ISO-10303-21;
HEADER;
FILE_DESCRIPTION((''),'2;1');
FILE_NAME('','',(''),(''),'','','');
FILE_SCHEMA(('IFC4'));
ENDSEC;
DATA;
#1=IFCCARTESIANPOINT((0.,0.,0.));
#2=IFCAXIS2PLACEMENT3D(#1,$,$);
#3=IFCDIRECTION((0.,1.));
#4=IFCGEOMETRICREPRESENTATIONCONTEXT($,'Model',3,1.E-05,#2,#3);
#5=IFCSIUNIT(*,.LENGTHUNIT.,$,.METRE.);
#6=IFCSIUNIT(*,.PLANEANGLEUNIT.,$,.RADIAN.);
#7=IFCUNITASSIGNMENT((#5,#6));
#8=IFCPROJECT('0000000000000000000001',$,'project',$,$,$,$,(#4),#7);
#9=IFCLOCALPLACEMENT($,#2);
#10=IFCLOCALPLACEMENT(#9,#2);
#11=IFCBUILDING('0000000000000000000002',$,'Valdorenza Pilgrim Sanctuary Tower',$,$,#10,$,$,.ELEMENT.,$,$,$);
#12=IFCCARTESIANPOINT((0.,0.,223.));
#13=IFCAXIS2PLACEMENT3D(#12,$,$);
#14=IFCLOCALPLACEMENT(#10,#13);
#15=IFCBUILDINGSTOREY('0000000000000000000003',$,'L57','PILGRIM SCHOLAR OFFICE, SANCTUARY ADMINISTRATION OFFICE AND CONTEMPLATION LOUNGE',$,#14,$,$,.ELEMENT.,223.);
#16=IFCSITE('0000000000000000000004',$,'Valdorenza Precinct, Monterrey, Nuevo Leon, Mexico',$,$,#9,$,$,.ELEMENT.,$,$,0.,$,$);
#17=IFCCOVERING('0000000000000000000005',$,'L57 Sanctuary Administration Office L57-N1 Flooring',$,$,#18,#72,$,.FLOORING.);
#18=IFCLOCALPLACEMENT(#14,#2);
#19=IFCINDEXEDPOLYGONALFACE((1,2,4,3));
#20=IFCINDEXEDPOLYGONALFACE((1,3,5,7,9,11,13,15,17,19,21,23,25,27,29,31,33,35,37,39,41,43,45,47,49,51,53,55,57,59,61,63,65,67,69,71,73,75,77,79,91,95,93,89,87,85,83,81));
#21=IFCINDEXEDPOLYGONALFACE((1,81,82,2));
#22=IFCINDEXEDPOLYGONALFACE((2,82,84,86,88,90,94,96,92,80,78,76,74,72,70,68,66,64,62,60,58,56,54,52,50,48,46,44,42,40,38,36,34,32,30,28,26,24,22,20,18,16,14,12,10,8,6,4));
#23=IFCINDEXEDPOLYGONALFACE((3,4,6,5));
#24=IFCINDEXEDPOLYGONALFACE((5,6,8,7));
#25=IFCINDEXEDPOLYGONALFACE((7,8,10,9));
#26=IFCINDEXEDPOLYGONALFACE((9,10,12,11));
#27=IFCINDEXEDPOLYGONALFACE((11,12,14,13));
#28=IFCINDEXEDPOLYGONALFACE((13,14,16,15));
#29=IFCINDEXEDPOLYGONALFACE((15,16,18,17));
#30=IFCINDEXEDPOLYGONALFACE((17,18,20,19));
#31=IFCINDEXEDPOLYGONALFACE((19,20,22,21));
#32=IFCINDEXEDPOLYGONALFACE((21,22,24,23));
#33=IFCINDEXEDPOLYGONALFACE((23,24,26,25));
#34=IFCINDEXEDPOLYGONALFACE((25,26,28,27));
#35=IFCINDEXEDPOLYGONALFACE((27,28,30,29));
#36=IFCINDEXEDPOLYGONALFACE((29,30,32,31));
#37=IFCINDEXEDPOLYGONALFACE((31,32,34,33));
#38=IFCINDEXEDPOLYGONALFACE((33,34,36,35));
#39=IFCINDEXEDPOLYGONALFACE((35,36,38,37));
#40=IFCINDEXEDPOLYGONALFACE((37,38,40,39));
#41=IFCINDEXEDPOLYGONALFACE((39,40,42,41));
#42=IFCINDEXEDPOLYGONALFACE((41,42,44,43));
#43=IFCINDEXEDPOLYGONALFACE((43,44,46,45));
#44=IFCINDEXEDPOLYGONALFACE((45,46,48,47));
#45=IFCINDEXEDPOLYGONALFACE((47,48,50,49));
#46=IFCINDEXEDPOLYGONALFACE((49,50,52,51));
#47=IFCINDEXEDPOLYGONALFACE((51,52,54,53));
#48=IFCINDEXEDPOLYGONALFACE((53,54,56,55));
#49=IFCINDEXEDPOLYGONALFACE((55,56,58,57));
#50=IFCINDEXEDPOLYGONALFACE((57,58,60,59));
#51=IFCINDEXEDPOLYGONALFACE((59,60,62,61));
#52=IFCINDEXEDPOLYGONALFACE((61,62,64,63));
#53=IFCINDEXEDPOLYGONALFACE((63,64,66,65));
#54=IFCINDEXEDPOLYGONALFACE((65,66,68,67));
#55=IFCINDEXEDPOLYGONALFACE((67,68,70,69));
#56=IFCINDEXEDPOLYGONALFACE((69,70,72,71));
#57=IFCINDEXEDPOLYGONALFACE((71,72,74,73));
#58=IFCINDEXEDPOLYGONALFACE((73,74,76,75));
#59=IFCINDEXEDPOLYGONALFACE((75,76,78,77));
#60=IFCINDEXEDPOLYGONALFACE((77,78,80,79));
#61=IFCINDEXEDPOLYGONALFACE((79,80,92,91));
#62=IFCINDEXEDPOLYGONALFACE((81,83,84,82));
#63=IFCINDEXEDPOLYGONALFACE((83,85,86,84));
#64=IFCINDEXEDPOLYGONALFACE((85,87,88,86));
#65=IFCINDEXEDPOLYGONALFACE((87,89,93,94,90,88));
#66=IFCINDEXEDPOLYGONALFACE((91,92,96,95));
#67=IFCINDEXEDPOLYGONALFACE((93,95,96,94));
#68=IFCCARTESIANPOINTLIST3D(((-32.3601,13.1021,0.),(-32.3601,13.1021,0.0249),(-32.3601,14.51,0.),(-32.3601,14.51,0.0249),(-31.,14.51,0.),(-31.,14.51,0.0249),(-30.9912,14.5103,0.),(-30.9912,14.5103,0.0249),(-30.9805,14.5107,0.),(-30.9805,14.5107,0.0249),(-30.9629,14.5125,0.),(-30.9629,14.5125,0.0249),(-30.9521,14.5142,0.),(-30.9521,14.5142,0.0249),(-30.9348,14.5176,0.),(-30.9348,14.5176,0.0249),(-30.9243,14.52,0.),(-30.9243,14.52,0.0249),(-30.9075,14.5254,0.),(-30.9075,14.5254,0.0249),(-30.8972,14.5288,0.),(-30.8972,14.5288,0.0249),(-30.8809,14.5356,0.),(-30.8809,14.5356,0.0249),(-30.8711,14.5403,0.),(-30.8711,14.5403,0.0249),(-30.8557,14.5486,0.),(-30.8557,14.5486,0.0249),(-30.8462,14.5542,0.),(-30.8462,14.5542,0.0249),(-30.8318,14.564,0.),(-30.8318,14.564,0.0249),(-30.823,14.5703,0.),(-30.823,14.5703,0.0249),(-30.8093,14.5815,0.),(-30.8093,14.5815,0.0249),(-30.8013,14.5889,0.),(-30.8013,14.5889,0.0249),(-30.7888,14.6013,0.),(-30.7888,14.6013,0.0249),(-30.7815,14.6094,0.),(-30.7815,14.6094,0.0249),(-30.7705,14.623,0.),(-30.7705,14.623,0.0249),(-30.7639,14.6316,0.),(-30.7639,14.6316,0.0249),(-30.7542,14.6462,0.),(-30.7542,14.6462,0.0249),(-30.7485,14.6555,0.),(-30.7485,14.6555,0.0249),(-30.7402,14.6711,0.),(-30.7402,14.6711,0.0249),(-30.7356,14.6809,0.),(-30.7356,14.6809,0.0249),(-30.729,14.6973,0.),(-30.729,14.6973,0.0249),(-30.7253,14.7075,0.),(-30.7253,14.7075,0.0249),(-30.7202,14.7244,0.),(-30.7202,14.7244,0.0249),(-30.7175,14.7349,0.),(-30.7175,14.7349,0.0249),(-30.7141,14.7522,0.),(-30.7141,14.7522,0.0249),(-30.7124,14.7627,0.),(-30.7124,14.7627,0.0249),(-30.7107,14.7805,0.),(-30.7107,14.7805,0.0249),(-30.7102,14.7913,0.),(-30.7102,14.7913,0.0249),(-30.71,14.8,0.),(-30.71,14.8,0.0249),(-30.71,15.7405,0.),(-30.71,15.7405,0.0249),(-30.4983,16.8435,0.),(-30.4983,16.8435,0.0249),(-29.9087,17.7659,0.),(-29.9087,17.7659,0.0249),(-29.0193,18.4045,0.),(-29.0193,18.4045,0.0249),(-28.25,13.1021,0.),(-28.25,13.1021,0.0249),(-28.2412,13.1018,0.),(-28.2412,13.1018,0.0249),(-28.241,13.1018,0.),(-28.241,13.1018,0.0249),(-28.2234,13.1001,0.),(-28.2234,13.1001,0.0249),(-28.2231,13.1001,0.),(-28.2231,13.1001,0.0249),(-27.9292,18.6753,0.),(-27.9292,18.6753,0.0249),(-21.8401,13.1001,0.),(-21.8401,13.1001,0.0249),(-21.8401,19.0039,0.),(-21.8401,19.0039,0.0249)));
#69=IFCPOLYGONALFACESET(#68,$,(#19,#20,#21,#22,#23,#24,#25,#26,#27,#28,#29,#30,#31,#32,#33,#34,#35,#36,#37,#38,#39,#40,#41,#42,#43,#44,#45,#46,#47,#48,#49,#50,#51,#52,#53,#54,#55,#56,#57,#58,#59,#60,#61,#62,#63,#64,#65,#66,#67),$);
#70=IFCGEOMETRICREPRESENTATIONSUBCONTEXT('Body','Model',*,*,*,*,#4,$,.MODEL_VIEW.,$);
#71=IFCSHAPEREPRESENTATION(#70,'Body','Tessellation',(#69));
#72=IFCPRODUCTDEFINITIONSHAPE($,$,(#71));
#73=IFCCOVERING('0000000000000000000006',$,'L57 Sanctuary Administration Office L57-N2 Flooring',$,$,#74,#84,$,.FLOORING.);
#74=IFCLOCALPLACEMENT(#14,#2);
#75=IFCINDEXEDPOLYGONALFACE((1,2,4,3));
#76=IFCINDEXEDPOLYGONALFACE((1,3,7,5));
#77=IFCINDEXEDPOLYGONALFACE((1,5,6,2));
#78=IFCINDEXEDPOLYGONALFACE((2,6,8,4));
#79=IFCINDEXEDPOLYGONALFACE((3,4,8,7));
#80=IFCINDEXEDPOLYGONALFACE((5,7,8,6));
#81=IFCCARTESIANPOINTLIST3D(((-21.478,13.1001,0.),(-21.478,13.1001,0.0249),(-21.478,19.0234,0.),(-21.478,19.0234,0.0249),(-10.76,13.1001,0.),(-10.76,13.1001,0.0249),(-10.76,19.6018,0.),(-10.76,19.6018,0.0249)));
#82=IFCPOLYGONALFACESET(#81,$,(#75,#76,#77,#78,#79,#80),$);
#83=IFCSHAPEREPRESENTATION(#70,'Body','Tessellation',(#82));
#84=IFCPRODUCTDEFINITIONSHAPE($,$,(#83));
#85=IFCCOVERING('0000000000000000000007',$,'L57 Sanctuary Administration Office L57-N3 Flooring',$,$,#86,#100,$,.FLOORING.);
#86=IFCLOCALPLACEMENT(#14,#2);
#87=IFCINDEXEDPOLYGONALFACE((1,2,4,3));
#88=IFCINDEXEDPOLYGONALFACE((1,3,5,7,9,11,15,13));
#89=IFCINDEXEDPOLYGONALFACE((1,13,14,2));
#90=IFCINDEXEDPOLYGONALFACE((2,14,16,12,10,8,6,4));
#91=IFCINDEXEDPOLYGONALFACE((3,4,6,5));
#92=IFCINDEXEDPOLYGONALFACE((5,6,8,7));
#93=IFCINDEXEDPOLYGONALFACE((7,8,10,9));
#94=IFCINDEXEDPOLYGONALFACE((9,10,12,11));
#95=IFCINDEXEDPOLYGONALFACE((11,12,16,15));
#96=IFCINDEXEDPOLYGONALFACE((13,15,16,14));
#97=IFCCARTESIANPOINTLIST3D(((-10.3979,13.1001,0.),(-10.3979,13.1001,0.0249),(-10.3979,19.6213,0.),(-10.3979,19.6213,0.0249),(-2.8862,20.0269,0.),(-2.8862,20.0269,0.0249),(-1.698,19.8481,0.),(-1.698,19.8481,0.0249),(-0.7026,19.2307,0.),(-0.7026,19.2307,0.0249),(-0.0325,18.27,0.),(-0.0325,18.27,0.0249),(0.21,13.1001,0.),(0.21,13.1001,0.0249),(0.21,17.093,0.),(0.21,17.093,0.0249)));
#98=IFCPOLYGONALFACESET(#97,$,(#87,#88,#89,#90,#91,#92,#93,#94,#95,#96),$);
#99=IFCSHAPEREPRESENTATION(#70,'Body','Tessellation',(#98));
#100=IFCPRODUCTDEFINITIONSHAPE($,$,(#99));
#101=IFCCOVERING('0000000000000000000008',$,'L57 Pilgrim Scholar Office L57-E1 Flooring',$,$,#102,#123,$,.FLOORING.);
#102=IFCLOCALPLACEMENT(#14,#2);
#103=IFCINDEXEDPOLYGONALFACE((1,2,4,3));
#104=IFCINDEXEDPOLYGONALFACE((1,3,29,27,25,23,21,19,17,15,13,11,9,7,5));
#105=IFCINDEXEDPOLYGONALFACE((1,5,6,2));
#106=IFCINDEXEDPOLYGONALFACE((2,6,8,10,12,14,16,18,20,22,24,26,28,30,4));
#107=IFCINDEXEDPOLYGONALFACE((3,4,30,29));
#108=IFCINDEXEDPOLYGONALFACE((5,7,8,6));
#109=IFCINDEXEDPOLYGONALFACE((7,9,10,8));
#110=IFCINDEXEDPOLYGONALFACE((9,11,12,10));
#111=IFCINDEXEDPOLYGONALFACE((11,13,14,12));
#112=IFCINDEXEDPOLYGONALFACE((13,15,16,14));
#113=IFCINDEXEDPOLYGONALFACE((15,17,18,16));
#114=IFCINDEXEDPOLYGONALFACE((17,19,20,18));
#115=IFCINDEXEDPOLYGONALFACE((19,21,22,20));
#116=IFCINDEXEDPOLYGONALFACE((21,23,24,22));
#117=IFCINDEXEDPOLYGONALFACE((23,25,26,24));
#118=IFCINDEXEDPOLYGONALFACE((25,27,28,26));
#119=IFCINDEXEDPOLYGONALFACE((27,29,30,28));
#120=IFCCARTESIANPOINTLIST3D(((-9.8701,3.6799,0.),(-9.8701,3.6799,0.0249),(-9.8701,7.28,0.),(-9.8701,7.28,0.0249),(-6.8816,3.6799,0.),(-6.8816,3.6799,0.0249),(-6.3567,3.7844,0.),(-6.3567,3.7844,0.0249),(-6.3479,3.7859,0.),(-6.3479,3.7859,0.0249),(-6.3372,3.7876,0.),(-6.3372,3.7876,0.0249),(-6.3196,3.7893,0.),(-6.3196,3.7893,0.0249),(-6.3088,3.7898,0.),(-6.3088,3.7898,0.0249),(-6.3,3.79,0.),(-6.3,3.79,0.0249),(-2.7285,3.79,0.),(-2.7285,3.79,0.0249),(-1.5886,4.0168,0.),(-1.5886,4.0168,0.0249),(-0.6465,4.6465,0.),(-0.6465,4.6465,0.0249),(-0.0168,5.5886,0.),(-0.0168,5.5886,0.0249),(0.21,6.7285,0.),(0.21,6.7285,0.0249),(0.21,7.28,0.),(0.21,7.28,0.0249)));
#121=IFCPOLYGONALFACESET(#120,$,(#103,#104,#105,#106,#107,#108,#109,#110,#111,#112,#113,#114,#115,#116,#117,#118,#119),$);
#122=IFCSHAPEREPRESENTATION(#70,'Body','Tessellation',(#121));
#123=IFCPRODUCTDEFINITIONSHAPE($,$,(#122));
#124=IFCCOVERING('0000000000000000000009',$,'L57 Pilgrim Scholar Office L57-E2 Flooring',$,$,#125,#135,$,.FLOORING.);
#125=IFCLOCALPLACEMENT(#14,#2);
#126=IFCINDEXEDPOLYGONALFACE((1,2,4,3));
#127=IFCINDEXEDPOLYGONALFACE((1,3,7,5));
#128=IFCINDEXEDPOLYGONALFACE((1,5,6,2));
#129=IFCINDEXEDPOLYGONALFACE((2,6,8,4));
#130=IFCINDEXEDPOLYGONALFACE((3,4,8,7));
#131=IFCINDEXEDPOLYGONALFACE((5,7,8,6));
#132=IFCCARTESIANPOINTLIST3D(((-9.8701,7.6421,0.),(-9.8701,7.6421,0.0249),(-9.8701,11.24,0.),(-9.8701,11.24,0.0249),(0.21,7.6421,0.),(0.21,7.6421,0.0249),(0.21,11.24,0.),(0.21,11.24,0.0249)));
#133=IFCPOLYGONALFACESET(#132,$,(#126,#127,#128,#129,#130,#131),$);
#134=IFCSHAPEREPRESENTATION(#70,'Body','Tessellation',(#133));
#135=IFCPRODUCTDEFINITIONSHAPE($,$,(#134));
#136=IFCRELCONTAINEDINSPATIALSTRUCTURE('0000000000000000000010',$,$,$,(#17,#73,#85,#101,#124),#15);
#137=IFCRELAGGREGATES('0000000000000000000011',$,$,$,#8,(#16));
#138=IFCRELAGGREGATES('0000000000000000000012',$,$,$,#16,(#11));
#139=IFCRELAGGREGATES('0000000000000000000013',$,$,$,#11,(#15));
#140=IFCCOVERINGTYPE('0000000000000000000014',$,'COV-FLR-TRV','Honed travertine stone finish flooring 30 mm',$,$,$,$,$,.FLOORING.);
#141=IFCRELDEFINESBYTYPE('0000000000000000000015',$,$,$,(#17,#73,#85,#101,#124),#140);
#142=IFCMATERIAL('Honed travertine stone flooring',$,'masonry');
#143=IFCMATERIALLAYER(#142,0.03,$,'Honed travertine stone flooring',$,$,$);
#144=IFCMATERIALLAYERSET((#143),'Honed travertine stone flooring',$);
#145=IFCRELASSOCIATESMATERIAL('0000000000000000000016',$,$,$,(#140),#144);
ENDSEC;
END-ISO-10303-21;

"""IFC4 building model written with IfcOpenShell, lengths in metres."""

from ifc_helpers import new_model, si_unit, direction, frame, origin, place, context, subcontext, project, spatial, polyline, outline, extrude, material, layer, layer_set, type_object, element, save


model = new_model("IFC4")

# Units and contexts
model_context = context("Model", 3, precision=1e-05, world=origin(), true_north=direction((0.0, 1.0)))
body_context = subcontext(model_context, "Body", "Model", "MODEL_VIEW")
ifc_project = project(units=[si_unit("LENGTHUNIT", "METRE"), si_unit("PLANEANGLEUNIT", "RADIAN")], contexts=[model_context])

# Site, building, storey
site_placement = place(None, origin())
site = spatial("IfcSite", under=ifc_project, at=site_placement, Name="Valdorenza Precinct, Monterrey, Nuevo Leon, Mexico", CompositionType="ELEMENT", RefElevation=0.0)
building_placement = place(site_placement, origin())
building = spatial("IfcBuilding", under=site, at=building_placement, Name="Valdorenza Pilgrim Sanctuary Tower", CompositionType="ELEMENT")
storey_placement = place(building_placement, frame((0.0, 0.0, 223.0)))
storey = spatial("IfcBuildingStorey", under=building, at=storey_placement, Name="L57", Description="PILGRIM SCHOLAR OFFICE, SANCTUARY ADMINISTRATION OFFICE AND CONTEMPLATION LOUNGE", CompositionType="ELEMENT", Elevation=223.0)

# Coverings
ifc_material_1 = material(Name="Honed travertine stone flooring", Category="masonry")
ifc_layer_1 = layer(ifc_material_1, 0.03, Name="Honed travertine stone flooring")
ifc_layer_set_1 = layer_set([ifc_layer_1], Name="Honed travertine stone flooring")
covering_type_1 = type_object("IfcCoveringType", Name="COV-FLR-TRV", Description="Honed travertine stone finish flooring 30 mm", PredefinedType="FLOORING", material=ifc_layer_set_1)
covering_1_placement = place(storey_placement, origin())
element("IfcCovering", 1, at=covering_1_placement, inside=storey, type_object=covering_type_1, Name="L57 Sanctuary Administration Office L57-N1 Flooring", PredefinedType="FLOORING", context=body_context, shape_type="SweptSolid", body=[
    extrude(outline(polyline([(-28.2231, 13.1001), (-28.2231, 13.1001), (-28.2234, 13.1001), (-28.241, 13.1018), (-28.2412, 13.1018), (-28.25, 13.1021), (-32.3601, 13.1021), (-32.3601, 14.51), (-31.0, 14.51), (-30.9912, 14.5103), (-30.9805, 14.5107), (-30.9629, 14.5125), (-30.9521, 14.5142), (-30.9348, 14.5176), (-30.9243, 14.52), (-30.9075, 14.5254), (-30.8972, 14.5288), (-30.8809, 14.5356), (-30.8711, 14.5403), (-30.8557, 14.5486), (-30.8462, 14.5542), (-30.8318, 14.564), (-30.823, 14.5703), (-30.8093, 14.5815), (-30.8013, 14.5889), (-30.7888, 14.6013), (-30.7815, 14.6094), (-30.7705, 14.623), (-30.7639, 14.6316), (-30.7542, 14.6462), (-30.7485, 14.6555), (-30.7402, 14.6711), (-30.7356, 14.6809), (-30.729, 14.6973), (-30.7253, 14.7075), (-30.7202, 14.7244), (-30.7175, 14.7349), (-30.7141, 14.7522), (-30.7124, 14.7627), (-30.7107, 14.7805), (-30.7102, 14.7913), (-30.71, 14.8), (-30.71, 15.7405), (-30.4983, 16.8435), (-29.9087, 17.7659), (-29.0193, 18.4045), (-27.9292, 18.6753), (-21.8401, 19.0039), (-21.8401, 13.1001), (-28.2231, 13.1001)])), origin(), (0.0, 0.0, 1.0), 0.0249),
])
covering_2_placement = place(storey_placement, origin())
element("IfcCovering", 2, at=covering_2_placement, inside=storey, type_object=covering_type_1, Name="L57 Sanctuary Administration Office L57-N2 Flooring", PredefinedType="FLOORING", context=body_context, shape_type="SweptSolid", body=[
    extrude(outline(polyline([(-21.478, 13.1001), (-21.478, 19.0234), (-10.76, 19.6018), (-10.76, 13.1001), (-21.478, 13.1001)])), origin(), (0.0, 0.0, 1.0), 0.0249),
])
covering_3_placement = place(storey_placement, origin())
element("IfcCovering", 3, at=covering_3_placement, inside=storey, type_object=covering_type_1, Name="L57 Sanctuary Administration Office L57-N3 Flooring", PredefinedType="FLOORING", context=body_context, shape_type="SweptSolid", body=[
    extrude(outline(polyline([(-2.8862, 20.0269), (-1.698, 19.8481), (-0.7026, 19.2307), (-0.0325, 18.27), (0.21, 17.093), (0.21, 13.1001), (-10.3979, 13.1001), (-10.3979, 19.6213), (-2.8862, 20.0269)])), origin(), (0.0, 0.0, 1.0), 0.0249),
])
covering_4_placement = place(storey_placement, origin())
element("IfcCovering", 4, at=covering_4_placement, inside=storey, type_object=covering_type_1, Name="L57 Pilgrim Scholar Office L57-E1 Flooring", PredefinedType="FLOORING", context=body_context, shape_type="SweptSolid", body=[
    extrude(outline(polyline([(-9.8701, 7.28), (0.21, 7.28), (0.21, 6.7285), (-0.0168, 5.5886), (-0.6465, 4.6465), (-1.5886, 4.0168), (-2.7285, 3.79), (-6.3, 3.79), (-6.3088, 3.7898), (-6.3196, 3.7893), (-6.3372, 3.7876), (-6.3479, 3.7859), (-6.3567, 3.7844), (-6.8816, 3.6799), (-9.8701, 3.6799), (-9.8701, 7.28)])), origin(), (0.0, 0.0, 1.0), 0.0249),
])
covering_5_placement = place(storey_placement, origin())
element("IfcCovering", 5, at=covering_5_placement, inside=storey, type_object=covering_type_1, Name="L57 Pilgrim Scholar Office L57-E2 Flooring", PredefinedType="FLOORING", context=body_context, shape_type="SweptSolid", body=[
    extrude(outline(polyline([(-9.8701, 11.24), (0.21, 11.24), (0.21, 7.6421), (-9.8701, 7.6421), (-9.8701, 11.24)])), origin(), (0.0, 0.0, 1.0), 0.0249),
])

save(model, "model.ifc")
